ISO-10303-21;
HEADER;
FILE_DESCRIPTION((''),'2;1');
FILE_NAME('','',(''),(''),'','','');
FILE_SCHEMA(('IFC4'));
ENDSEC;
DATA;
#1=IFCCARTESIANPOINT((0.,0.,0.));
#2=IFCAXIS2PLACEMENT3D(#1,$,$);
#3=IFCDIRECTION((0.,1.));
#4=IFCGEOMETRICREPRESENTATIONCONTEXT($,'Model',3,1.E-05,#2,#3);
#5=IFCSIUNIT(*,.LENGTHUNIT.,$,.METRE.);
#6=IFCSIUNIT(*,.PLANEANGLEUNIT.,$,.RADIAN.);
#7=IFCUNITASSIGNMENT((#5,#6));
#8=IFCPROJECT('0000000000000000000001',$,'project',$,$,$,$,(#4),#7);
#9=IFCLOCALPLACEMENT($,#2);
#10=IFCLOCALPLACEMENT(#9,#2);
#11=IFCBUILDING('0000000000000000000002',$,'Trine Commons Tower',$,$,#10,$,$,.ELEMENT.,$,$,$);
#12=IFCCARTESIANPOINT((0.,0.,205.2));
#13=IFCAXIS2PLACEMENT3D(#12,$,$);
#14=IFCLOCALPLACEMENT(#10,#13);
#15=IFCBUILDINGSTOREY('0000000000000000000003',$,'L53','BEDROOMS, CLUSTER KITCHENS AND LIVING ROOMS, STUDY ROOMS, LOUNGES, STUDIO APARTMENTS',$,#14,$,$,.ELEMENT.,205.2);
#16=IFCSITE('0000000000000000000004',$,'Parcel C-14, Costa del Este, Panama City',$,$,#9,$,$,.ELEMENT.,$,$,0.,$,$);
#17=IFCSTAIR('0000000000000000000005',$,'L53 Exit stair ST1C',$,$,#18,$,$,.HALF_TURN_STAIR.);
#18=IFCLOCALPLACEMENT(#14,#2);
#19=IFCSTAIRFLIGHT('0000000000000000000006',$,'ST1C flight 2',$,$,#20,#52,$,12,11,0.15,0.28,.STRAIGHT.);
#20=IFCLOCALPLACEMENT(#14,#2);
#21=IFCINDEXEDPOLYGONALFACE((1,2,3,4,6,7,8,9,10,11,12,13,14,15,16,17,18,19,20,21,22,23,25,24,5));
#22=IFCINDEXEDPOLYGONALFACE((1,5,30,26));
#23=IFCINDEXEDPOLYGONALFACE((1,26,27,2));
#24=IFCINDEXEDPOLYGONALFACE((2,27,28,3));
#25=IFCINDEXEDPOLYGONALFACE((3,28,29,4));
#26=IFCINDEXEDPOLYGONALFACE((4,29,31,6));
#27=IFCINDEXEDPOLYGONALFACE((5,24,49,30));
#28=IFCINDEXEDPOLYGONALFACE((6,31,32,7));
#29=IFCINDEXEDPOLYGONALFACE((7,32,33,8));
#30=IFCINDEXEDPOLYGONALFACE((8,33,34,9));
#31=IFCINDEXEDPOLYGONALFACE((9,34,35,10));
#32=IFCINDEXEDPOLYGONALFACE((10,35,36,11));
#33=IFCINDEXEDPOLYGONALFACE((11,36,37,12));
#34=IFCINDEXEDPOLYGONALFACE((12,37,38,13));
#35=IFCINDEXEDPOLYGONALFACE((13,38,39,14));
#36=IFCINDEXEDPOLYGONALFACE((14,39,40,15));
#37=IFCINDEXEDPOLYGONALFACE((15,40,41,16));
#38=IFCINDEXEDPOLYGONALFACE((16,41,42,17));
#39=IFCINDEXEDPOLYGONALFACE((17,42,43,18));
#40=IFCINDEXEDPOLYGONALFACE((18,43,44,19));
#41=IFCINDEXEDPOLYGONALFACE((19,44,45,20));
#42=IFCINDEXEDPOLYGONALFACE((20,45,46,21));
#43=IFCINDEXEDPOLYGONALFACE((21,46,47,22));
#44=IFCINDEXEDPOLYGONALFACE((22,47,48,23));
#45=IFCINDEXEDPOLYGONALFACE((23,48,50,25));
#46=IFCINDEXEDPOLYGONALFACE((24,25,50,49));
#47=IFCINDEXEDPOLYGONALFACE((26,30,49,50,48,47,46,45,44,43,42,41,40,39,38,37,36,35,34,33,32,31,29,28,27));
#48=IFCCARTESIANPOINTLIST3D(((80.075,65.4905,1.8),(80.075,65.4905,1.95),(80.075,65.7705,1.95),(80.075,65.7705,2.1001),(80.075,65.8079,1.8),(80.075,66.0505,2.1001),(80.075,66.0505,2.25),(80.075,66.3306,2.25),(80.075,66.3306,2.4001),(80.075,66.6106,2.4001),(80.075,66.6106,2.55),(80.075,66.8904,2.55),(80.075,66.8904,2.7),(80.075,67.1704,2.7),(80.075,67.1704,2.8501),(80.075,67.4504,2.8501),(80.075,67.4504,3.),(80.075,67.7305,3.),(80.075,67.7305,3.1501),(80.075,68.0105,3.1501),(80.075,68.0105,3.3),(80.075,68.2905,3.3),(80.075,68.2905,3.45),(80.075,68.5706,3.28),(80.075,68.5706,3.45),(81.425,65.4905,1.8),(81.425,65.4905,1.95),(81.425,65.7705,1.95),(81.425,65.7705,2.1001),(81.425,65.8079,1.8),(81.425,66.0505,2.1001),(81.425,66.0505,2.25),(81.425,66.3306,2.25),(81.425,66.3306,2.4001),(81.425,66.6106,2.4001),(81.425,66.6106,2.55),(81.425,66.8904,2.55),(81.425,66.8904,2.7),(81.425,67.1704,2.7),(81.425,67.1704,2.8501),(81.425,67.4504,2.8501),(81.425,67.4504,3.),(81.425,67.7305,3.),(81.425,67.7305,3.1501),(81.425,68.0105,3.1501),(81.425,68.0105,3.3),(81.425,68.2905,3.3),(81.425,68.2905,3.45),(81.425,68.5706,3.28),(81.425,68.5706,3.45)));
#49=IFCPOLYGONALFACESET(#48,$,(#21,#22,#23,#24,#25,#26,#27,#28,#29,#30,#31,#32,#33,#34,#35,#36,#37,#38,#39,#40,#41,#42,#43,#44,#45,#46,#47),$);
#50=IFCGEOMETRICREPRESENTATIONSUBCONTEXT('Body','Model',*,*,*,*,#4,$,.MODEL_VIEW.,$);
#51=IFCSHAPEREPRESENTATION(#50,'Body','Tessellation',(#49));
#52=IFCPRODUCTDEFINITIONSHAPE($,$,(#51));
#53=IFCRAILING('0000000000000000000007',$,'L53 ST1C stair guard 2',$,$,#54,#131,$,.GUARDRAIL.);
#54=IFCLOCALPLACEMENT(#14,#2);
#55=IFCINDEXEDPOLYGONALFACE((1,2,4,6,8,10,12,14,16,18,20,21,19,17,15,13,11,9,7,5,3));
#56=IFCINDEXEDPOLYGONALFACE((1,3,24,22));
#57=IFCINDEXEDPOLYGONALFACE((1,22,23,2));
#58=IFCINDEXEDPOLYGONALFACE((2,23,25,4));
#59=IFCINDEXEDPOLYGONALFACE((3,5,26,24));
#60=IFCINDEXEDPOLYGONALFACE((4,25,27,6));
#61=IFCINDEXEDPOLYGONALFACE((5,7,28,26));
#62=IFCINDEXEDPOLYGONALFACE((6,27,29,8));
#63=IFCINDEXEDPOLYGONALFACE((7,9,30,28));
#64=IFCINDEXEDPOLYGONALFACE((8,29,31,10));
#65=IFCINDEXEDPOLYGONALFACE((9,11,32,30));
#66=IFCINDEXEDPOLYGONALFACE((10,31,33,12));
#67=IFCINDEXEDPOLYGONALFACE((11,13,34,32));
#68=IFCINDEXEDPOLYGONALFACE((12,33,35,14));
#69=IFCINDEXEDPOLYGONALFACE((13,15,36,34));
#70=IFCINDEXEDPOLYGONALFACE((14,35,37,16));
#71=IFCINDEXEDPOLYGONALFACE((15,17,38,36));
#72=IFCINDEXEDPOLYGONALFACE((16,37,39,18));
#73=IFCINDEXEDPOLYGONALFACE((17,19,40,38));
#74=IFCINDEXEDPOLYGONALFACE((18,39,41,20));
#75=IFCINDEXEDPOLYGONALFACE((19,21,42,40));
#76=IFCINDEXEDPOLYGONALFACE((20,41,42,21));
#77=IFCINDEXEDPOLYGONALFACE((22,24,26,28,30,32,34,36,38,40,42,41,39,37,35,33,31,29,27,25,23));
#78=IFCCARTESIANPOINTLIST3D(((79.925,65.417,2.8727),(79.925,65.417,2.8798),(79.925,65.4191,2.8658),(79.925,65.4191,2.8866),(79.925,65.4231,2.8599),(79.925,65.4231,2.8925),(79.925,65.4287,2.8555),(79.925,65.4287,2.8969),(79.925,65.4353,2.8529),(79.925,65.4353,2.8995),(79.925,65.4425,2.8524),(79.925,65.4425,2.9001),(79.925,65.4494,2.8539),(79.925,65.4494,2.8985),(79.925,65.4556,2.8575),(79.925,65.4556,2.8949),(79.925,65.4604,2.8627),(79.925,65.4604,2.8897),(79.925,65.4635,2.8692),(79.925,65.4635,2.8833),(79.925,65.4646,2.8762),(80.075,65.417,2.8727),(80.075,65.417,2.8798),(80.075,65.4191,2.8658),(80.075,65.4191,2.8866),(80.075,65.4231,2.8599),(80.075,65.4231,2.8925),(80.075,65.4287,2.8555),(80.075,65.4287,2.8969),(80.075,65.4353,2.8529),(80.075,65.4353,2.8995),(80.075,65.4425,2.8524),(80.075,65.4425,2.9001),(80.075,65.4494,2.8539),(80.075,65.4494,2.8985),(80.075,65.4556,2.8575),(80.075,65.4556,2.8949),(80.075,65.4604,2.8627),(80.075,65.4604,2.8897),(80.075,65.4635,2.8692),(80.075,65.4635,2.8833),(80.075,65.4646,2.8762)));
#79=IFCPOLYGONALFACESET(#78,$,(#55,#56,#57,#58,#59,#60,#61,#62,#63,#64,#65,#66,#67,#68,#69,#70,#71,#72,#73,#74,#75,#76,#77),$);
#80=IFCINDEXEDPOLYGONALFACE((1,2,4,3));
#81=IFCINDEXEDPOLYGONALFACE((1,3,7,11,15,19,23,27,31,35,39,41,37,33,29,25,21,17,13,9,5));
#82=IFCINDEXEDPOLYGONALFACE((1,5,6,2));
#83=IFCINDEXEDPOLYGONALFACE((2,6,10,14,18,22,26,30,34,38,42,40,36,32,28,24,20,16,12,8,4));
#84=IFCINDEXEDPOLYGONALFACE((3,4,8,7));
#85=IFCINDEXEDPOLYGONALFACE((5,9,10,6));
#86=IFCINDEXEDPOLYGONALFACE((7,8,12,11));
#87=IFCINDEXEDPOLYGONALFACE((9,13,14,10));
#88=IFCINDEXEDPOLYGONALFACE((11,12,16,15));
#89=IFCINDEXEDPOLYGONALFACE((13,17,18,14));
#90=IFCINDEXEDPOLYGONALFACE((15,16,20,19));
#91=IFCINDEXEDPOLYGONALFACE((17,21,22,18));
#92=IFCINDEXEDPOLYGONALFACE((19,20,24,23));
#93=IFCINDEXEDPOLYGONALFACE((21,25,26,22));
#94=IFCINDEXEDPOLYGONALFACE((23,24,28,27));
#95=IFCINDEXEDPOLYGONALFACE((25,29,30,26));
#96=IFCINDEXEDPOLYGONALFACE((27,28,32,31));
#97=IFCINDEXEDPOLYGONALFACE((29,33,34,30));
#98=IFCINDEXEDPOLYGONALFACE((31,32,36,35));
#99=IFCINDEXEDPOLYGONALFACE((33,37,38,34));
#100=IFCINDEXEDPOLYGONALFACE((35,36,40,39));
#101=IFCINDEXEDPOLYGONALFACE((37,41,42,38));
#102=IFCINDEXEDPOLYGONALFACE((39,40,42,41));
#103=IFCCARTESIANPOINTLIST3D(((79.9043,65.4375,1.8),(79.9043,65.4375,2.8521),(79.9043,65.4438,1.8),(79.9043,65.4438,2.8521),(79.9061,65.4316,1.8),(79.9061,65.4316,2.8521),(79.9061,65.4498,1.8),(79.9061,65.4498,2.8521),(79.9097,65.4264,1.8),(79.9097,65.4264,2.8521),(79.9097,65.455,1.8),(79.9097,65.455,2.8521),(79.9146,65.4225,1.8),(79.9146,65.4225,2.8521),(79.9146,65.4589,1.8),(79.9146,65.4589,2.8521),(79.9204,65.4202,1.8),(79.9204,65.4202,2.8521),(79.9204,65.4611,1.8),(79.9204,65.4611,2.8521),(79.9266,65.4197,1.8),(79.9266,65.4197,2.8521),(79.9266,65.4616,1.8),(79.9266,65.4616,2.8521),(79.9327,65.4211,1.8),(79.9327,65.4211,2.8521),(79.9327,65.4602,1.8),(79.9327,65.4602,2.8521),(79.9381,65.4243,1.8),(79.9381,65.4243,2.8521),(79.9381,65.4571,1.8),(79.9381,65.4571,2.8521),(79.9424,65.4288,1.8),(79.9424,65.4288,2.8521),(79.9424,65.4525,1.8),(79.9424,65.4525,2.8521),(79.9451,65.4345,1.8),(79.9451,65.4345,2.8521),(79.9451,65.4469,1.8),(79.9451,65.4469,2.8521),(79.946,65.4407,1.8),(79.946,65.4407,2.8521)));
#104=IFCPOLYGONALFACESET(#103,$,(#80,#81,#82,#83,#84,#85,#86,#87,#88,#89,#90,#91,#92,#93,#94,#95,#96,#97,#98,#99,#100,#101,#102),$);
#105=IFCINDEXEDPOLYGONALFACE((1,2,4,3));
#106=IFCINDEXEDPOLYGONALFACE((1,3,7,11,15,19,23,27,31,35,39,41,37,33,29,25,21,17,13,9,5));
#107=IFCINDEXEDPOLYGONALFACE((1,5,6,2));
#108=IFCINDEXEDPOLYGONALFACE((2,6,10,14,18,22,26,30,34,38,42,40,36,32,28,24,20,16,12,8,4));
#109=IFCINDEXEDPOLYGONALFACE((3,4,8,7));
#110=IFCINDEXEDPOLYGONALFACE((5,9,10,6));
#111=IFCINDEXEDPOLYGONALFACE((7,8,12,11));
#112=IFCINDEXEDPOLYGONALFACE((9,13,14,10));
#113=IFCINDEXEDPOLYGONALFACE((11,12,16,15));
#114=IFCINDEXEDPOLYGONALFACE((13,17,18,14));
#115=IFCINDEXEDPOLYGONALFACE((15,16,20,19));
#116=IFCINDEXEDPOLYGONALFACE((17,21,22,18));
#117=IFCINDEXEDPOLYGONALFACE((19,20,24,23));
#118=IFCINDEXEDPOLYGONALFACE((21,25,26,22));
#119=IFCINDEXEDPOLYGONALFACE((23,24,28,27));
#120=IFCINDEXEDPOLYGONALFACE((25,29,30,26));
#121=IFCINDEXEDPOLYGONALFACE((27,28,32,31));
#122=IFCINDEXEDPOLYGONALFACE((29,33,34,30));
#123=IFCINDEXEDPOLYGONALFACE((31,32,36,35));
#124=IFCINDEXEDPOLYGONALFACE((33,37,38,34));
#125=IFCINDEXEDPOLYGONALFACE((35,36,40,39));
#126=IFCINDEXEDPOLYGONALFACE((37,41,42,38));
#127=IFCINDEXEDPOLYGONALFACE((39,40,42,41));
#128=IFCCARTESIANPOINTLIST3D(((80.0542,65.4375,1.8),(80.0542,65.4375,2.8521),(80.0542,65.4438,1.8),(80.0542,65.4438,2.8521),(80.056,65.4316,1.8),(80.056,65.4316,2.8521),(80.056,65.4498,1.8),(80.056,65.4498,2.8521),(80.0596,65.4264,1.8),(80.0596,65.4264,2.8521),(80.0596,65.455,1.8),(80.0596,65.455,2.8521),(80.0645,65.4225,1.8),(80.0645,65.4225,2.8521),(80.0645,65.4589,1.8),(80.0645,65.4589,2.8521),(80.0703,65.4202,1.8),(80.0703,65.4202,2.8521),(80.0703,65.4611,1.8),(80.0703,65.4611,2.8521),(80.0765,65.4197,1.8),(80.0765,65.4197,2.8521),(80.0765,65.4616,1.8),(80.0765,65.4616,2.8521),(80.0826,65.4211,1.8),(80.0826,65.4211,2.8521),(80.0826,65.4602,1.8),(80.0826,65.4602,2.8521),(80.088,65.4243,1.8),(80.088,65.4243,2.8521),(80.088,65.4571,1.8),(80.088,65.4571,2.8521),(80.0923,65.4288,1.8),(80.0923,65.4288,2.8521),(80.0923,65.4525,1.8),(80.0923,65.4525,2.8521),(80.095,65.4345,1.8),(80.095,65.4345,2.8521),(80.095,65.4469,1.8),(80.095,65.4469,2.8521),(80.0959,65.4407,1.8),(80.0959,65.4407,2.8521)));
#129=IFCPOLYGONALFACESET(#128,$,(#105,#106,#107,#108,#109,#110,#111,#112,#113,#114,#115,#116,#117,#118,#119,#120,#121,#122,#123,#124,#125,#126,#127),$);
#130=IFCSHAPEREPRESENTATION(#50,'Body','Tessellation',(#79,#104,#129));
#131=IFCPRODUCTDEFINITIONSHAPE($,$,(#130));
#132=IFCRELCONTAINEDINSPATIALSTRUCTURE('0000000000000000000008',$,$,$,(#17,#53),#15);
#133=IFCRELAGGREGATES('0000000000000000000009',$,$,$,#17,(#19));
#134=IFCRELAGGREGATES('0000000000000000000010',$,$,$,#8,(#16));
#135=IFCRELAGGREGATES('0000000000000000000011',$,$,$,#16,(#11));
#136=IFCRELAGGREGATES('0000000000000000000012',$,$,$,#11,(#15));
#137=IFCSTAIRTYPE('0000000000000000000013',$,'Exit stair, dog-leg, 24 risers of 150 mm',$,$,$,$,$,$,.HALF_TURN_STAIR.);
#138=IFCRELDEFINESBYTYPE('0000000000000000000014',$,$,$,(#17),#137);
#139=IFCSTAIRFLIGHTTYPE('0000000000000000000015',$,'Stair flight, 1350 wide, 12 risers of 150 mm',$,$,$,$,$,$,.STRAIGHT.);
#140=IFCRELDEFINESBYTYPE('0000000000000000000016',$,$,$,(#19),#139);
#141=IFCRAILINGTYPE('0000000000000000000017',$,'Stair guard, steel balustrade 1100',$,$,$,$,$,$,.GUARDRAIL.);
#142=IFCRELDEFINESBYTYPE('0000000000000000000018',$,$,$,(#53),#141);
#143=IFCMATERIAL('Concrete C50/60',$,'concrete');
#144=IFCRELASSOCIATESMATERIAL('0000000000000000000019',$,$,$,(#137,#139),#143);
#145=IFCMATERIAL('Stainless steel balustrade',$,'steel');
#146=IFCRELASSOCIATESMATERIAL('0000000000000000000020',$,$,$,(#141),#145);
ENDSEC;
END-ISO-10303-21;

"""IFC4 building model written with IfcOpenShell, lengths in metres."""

from ifc_helpers import new_model, si_unit, direction, frame, origin, origin_2d, place, context, subcontext, project, spatial, polyline, circle, outline, extrude, material, type_object, element, aggregate, save


model = new_model("IFC4")

# Units and contexts
model_context = context("Model", 3, precision=1e-05, world=origin(), true_north=direction((0.0, 1.0)))
body_context = subcontext(model_context, "Body", "Model", "MODEL_VIEW")
ifc_project = project(units=[si_unit("LENGTHUNIT", "METRE"), si_unit("PLANEANGLEUNIT", "RADIAN")], contexts=[model_context])

# Site, building, storey
site_placement = place(None, origin())
site = spatial("IfcSite", under=ifc_project, at=site_placement, Name="Parcel C-14, Costa del Este, Panama City", CompositionType="ELEMENT", RefElevation=0.0)
building_placement = place(site_placement, origin())
building = spatial("IfcBuilding", under=site, at=building_placement, Name="Trine Commons Tower", CompositionType="ELEMENT")
storey_placement = place(building_placement, frame((0.0, 0.0, 205.2)))
storey = spatial("IfcBuildingStorey", under=building, at=storey_placement, Name="L53", Description="BEDROOMS, CLUSTER KITCHENS AND LIVING ROOMS, STUDY ROOMS, LOUNGES, STUDIO APARTMENTS", CompositionType="ELEMENT", Elevation=205.2)

# Stair, stair flight
ifc_material_1 = material(Name="Concrete C50/60", Category="concrete")
stair_type = type_object("IfcStairType", Name="Exit stair, dog-leg, 24 risers of 150 mm", PredefinedType="HALF_TURN_STAIR", material=ifc_material_1)
stair_placement = place(storey_placement, origin())
stair = element("IfcStair", 1, at=stair_placement, inside=storey, type_object=stair_type, Name="L53 Exit stair ST1C", PredefinedType="HALF_TURN_STAIR")
stair_flight_type = type_object("IfcStairFlightType", Name="Stair flight, 1350 wide, 12 risers of 150 mm", PredefinedType="STRAIGHT", material=ifc_material_1)
stair_flight_placement = place(storey_placement, frame((80.75, 65.4905, 1.8), z_axis=(0.0, 0.0, 1.0), x_axis=(0.0, 1.0, 0.0)))
stair_flight = element("IfcStairFlight", 2, at=stair_flight_placement, type_object=stair_flight_type, Name="ST1C flight 2", NumberOfRisers=12, NumberOfTreads=11, PredefinedType="STRAIGHT", RiserHeight=0.15, TreadLength=0.28, context=body_context, shape_type="SweptSolid", body=[
    extrude(outline(polyline([(0.0, 0.0), (0.0, 0.1499), (0.28, 0.1499), (0.28, 0.3), (0.5601, 0.3), (0.5601, 0.45), (0.8401, 0.45), (0.8401, 0.6001), (1.1201, 0.6001), (1.1201, 0.75), (1.3999, 0.75), (1.3999, 0.8999), (1.6799, 0.8999), (1.6799, 1.05), (1.96, 1.05), (1.96, 1.2), (2.24, 1.2), (2.24, 1.3501), (2.52, 1.3501), (2.52, 1.5), (2.8, 1.5), (2.8, 1.6499), (3.0801, 1.6499), (3.0801, 1.8), (3.0801, 1.48), (0.3174, 0.0), (0.0, 0.0)])), frame((0.0, 0.675, 0.0), z_axis=(0.0, -1.0, 0.0), x_axis=(1.0, 0.0, 0.0)), (0.0, 0.0, 1.0), 1.3501),
])
aggregate(stair, [stair_flight])

# Railing
ifc_material_2 = material(Name="Stainless steel balustrade", Category="steel")
railing_type_1 = type_object("IfcRailingType", Name="Stair guard, steel balustrade 1100", PredefinedType="GUARDRAIL", material=ifc_material_2)
railing_1_placement = place(storey_placement, frame((79.925, 65.4407, 1.8)))
element("IfcRailing", 3, at=railing_1_placement, inside=storey, type_object=railing_type_1, Name="L53 ST1C stair guard 2", PredefinedType="GUARDRAIL", context=body_context, shape_type="SweptSolid", body=[
    extrude(circle(Radius=0.0239, at=origin_2d()), frame((0.0, 0.0, 1.0762), z_axis=(1.0, 0.0, 0.0), x_axis=(0.0, 1.0, 0.0)), (0.0, 0.0, 1.0), 0.1499),
    extrude(circle(Radius=0.021, at=origin_2d()), origin(), (0.0, 0.0, 1.0), 1.052),
    extrude(circle(Radius=0.021, at=origin_2d()), frame((0.1499, 0.0, 0.0)), (0.0, 0.0, 1.0), 1.052),
])

save(model, "model.ifc")
